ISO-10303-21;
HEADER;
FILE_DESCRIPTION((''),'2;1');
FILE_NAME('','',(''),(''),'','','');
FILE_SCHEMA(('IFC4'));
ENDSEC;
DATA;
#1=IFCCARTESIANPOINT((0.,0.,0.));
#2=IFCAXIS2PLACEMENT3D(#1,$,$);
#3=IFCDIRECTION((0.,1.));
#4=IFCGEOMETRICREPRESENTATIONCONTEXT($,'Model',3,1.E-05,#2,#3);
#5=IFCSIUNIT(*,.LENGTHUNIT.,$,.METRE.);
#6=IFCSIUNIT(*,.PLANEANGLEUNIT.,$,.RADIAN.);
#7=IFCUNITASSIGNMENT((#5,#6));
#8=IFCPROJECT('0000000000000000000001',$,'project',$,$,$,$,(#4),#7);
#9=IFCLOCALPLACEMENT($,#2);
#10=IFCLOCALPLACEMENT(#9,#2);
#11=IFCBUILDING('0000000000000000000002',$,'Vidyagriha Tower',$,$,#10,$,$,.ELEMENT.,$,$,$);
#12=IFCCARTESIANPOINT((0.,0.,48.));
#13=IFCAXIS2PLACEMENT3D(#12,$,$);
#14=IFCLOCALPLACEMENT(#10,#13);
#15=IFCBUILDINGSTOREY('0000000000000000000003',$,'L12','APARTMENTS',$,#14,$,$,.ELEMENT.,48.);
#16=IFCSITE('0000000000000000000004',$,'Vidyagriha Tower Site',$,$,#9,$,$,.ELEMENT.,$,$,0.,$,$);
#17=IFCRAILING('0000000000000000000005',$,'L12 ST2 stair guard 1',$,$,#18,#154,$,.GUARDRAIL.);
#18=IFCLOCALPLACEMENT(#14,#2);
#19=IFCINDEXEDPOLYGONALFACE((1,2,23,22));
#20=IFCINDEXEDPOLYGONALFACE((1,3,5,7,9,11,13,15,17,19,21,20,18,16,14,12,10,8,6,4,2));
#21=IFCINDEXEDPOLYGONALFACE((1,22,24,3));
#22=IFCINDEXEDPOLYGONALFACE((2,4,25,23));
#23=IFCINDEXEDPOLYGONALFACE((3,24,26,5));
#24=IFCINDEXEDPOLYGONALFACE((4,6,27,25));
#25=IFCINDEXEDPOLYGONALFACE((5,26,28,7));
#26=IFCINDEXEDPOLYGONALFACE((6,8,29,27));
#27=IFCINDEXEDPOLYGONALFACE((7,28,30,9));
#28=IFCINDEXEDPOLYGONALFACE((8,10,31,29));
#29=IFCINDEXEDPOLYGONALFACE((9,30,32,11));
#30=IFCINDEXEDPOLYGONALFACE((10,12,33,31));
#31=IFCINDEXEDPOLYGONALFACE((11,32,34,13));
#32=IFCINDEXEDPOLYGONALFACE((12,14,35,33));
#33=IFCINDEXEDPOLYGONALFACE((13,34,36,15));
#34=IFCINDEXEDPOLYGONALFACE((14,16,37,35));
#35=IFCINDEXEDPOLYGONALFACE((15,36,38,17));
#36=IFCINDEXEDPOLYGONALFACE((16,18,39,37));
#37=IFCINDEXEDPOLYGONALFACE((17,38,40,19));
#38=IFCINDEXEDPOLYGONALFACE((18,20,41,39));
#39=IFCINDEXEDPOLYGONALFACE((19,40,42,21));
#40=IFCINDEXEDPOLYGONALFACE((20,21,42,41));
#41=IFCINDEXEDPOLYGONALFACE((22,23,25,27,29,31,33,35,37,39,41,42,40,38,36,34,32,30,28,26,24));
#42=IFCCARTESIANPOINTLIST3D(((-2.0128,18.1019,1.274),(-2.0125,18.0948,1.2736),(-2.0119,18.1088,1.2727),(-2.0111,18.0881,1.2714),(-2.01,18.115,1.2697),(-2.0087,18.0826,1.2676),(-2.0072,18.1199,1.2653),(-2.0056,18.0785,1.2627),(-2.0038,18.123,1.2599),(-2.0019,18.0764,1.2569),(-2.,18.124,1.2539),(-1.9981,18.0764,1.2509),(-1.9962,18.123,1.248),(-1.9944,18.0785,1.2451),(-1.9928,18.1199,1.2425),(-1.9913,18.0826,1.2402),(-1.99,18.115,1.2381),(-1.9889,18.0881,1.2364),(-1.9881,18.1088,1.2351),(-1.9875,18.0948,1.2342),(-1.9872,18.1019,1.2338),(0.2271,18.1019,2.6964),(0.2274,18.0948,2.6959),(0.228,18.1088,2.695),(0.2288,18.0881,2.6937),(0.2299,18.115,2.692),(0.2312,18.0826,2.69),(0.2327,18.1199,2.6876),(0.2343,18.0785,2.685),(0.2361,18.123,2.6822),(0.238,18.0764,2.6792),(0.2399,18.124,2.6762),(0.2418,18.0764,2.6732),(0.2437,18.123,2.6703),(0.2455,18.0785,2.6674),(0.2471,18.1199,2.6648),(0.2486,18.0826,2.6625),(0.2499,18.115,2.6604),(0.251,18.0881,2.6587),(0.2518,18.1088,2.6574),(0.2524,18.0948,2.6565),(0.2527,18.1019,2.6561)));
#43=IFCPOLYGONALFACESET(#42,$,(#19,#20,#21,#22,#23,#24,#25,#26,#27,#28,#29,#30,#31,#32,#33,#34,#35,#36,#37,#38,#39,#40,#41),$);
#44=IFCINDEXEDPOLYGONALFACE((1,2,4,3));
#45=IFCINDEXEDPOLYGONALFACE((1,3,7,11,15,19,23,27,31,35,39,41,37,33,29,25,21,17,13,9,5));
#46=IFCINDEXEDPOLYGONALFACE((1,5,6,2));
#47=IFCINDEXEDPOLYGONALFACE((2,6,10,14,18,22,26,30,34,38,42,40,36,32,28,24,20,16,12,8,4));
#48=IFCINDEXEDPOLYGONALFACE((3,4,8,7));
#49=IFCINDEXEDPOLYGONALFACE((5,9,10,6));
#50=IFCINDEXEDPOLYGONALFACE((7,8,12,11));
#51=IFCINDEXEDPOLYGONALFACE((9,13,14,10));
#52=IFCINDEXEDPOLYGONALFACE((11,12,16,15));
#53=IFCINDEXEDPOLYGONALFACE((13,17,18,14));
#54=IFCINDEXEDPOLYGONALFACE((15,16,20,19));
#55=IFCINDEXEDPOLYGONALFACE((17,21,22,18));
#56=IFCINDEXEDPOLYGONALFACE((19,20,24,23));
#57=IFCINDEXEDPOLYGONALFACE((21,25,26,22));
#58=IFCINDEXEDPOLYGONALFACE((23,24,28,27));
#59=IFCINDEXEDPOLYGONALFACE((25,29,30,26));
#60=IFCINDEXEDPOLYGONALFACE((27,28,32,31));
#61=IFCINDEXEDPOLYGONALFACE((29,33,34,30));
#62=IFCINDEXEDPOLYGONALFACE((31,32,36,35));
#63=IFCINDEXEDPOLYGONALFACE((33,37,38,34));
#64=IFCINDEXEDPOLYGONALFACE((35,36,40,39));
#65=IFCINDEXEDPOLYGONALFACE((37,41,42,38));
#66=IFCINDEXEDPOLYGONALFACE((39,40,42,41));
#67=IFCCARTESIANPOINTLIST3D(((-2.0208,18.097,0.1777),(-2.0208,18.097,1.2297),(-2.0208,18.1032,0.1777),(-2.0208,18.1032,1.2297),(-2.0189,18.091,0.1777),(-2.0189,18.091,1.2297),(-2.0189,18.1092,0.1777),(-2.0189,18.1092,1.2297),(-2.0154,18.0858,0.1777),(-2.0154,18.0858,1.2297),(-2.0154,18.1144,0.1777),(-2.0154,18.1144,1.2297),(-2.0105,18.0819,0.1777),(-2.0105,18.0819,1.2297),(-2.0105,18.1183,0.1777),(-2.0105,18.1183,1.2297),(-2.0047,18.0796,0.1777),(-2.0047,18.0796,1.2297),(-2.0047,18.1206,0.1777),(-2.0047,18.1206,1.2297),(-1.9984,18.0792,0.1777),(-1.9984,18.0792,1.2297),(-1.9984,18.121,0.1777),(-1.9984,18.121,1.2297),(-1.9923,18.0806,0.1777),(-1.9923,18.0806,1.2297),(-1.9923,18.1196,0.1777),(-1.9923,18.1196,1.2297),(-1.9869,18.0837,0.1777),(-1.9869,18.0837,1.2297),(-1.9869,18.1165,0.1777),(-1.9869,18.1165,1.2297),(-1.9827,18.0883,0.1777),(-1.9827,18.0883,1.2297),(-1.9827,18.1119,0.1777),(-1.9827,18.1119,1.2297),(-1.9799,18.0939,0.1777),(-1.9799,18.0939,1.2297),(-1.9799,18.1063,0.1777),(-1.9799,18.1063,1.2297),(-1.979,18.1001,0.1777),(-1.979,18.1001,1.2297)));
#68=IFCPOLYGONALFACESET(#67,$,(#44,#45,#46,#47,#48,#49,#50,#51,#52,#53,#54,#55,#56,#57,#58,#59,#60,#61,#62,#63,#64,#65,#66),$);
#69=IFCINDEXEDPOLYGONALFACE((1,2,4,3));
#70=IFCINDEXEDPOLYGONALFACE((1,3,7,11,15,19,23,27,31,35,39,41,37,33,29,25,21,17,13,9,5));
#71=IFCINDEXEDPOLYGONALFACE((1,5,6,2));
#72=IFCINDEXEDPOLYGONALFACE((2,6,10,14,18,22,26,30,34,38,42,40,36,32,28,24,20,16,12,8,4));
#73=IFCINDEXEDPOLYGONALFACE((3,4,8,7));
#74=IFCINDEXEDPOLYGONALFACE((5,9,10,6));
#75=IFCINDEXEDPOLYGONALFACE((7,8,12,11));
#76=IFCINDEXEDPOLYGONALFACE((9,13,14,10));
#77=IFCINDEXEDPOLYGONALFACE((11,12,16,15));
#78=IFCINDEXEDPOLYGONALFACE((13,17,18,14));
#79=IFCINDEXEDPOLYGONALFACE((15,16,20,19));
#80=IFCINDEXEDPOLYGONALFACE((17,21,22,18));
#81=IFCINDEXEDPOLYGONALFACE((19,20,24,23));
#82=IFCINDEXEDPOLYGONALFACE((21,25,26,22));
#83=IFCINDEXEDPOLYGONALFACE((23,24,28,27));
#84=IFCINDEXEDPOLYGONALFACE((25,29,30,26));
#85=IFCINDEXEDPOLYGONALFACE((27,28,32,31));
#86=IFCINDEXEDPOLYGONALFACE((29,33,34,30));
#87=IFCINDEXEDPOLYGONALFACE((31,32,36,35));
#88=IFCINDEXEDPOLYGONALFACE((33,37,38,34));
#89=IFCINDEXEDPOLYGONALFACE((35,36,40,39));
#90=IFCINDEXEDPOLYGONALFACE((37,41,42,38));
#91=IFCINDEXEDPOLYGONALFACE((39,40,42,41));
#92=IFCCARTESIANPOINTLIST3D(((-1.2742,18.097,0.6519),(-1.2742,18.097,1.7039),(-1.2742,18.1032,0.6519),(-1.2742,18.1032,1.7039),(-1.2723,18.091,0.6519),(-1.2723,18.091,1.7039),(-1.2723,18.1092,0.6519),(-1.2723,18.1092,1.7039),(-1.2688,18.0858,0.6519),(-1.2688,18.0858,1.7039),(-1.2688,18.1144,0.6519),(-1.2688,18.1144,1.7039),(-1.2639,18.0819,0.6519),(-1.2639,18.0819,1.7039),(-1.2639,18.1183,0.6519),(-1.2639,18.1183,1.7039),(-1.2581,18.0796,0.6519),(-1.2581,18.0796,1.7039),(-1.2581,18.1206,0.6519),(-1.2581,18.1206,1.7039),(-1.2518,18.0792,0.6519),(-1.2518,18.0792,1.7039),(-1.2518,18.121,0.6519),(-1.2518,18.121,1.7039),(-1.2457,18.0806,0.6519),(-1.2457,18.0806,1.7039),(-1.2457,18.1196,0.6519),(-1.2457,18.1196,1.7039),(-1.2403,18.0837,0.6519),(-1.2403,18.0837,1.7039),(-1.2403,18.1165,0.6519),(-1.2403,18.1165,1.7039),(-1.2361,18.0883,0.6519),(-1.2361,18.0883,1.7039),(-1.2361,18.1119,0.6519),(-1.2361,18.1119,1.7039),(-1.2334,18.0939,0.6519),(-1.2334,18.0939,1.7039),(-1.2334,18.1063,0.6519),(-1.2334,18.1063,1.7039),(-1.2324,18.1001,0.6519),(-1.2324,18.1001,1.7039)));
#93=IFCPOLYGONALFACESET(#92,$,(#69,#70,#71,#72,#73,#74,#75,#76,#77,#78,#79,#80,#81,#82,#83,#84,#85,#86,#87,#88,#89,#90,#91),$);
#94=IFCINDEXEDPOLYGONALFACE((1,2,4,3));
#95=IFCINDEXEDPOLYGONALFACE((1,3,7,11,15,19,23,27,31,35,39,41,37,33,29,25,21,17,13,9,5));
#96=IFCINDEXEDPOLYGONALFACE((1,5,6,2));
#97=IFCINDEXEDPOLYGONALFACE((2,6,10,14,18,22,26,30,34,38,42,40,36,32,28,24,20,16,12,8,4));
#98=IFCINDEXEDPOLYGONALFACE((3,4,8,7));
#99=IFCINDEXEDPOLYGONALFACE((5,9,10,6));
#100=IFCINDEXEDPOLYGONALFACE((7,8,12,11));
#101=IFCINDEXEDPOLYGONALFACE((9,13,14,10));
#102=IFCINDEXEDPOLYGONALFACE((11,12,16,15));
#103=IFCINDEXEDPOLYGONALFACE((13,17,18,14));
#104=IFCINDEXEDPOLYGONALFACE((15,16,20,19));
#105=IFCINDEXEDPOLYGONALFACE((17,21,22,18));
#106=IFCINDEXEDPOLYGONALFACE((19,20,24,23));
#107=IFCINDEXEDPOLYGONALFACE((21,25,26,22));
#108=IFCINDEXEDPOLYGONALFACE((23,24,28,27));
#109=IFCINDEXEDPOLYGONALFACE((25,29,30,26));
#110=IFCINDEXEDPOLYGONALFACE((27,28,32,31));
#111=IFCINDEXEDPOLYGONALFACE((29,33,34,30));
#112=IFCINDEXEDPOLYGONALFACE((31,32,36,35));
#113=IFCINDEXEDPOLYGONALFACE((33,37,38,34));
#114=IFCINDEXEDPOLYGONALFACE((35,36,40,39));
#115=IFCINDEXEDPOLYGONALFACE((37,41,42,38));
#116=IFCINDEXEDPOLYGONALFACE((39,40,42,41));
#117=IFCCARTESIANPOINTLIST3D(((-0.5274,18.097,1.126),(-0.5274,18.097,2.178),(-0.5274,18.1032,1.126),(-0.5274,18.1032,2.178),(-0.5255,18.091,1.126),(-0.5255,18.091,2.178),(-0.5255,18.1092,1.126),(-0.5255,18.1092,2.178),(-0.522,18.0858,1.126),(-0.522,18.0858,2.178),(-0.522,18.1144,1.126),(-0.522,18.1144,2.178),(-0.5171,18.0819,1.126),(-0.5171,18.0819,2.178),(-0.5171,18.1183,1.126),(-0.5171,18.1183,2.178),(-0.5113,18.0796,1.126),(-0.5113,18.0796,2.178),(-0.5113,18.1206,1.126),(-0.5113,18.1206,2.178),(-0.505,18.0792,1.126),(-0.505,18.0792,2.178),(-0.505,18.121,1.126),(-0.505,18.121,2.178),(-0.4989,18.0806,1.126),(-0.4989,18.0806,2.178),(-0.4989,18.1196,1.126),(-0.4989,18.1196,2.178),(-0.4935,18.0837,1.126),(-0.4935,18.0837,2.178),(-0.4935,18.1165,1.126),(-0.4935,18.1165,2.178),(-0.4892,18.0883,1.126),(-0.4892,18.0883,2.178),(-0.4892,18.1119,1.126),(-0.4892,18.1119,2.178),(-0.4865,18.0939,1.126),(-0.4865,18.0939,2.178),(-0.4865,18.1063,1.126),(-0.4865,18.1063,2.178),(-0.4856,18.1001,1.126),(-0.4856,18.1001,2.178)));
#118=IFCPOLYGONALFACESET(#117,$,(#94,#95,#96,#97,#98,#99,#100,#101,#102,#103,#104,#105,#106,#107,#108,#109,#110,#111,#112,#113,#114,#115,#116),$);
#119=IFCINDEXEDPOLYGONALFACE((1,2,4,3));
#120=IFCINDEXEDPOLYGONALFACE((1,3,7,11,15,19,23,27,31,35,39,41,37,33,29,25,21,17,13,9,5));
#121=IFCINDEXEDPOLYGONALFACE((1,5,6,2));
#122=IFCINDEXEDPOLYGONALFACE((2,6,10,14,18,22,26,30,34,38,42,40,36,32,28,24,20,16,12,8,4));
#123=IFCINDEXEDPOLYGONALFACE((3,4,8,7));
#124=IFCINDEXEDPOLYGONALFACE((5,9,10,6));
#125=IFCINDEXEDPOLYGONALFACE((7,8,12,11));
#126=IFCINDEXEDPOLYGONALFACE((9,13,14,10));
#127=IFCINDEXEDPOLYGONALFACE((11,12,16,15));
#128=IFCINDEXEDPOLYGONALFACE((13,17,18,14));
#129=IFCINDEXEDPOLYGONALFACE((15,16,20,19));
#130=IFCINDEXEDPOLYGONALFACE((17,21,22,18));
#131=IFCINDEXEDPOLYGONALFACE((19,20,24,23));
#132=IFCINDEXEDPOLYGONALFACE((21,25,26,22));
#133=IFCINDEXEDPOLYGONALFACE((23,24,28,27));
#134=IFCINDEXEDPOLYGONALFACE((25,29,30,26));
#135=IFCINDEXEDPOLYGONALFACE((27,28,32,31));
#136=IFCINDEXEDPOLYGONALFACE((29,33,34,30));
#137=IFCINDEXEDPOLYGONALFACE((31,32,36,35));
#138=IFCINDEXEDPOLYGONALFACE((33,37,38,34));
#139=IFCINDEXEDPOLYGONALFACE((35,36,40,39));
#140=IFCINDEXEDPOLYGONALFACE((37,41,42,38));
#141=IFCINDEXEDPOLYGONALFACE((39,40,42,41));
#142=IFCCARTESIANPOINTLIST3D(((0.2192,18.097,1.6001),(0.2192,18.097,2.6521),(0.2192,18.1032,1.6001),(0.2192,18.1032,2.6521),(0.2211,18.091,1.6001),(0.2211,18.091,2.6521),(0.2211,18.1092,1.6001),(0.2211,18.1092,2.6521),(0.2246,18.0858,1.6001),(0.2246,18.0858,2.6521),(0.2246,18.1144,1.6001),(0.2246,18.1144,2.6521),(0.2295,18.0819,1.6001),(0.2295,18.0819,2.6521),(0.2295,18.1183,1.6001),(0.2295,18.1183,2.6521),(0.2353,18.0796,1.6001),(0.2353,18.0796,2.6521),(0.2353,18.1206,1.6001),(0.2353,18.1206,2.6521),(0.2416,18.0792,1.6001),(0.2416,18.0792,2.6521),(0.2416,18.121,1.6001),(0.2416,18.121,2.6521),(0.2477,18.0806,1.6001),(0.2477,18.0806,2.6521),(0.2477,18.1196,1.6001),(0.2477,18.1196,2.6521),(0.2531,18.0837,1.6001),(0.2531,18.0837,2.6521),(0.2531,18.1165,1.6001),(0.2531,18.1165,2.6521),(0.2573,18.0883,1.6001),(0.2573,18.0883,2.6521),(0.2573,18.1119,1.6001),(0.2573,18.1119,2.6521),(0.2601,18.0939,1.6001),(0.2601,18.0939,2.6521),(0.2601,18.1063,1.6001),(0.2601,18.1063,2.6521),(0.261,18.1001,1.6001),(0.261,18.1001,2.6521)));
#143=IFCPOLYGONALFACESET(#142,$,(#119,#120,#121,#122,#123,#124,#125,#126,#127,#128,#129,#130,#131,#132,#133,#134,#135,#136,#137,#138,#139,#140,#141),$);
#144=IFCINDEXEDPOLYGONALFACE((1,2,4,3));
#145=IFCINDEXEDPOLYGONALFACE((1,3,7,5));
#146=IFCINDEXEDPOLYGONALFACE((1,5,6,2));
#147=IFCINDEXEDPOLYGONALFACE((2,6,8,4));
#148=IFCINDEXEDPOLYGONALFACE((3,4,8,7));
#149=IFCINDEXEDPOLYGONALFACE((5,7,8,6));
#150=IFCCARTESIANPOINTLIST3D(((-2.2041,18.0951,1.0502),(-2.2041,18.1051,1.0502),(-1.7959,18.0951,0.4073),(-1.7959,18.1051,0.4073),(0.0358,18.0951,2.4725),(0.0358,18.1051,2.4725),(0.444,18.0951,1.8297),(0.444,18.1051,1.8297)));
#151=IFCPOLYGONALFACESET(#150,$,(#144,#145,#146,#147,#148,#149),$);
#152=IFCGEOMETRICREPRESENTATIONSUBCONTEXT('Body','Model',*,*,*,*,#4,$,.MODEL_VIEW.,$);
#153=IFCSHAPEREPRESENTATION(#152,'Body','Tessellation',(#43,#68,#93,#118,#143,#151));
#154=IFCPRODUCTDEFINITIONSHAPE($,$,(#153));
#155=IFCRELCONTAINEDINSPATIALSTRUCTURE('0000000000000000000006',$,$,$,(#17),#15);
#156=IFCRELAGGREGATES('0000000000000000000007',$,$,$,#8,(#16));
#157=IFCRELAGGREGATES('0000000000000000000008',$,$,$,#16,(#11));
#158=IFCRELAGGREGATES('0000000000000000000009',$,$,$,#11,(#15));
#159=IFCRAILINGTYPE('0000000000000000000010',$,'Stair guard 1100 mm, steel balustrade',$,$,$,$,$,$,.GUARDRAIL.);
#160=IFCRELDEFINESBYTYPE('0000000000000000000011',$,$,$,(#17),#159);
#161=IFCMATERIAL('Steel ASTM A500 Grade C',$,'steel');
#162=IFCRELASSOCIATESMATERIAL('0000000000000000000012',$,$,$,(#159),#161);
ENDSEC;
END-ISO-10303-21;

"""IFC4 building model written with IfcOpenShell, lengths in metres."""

from ifc_helpers import new_model, si_unit, direction, frame, origin, origin_2d, place, context, subcontext, project, spatial, rectangle, circle, extrude, material, type_object, element, save


model = new_model("IFC4")

# Units and contexts
model_context = context("Model", 3, precision=1e-05, world=origin(), true_north=direction((0.0, 1.0)))
body_context = subcontext(model_context, "Body", "Model", "MODEL_VIEW")
ifc_project = project(units=[si_unit("LENGTHUNIT", "METRE"), si_unit("PLANEANGLEUNIT", "RADIAN")], contexts=[model_context])

# Site, building, storey
site_placement = place(None, origin())
site = spatial("IfcSite", under=ifc_project, at=site_placement, Name="Vidyagriha Tower Site", CompositionType="ELEMENT", RefElevation=0.0)
building_placement = place(site_placement, origin())
building = spatial("IfcBuilding", under=site, at=building_placement, Name="Vidyagriha Tower", CompositionType="ELEMENT")
storey_placement = place(building_placement, frame((0.0, 0.0, 48.0)))
storey = spatial("IfcBuildingStorey", under=building, at=storey_placement, Name="L12", Description="APARTMENTS", CompositionType="ELEMENT", Elevation=48.0)

# Railing
ifc_material_1 = material(Name="Steel ASTM A500 Grade C", Category="steel")
railing_type_1 = type_object("IfcRailingType", Name="Stair guard 1100 mm, steel balustrade", PredefinedType="GUARDRAIL", material=ifc_material_1)
railing_1_placement = place(storey_placement, frame((-2.0, 18.1001, 0.1777)))
element("IfcRailing", 1, at=railing_1_placement, inside=storey, type_object=railing_type_1, Name="L12 ST2 stair guard 1", PredefinedType="GUARDRAIL", context=body_context, shape_type="SweptSolid", body=[
    extrude(circle(Radius=0.0239, at=origin_2d()), frame((0.0, 0.0, 1.0762), z_axis=(0.844188, 0.0, 0.536048), x_axis=(0.0, 1.0, 0.0)), (0.0, 0.0, 1.0), 2.6533),
    extrude(circle(Radius=0.021, at=origin_2d()), origin(), (0.0, 0.0, 1.0), 1.052),
    extrude(circle(Radius=0.021, at=origin_2d()), frame((0.7466, 0.0, 0.4741)), (0.0, 0.0, 1.0), 1.052),
    extrude(circle(Radius=0.021, at=origin_2d()), frame((1.4934, 0.0, 0.9482)), (0.0, 0.0, 1.0), 1.052),
    extrude(circle(Radius=0.021, at=origin_2d()), frame((2.24, 0.0, 1.4224)), (0.0, 0.0, 1.0), 1.052),
    extrude(rectangle(XDim=0.01, YDim=0.7615, at=origin_2d()), frame((0.0, 0.0, 0.551), z_axis=(0.844188, 0.0, 0.536048), x_axis=(0.0, 1.0, 0.0)), (0.0, 0.0, 1.0), 2.6533),
])

save(model, "model.ifc")
